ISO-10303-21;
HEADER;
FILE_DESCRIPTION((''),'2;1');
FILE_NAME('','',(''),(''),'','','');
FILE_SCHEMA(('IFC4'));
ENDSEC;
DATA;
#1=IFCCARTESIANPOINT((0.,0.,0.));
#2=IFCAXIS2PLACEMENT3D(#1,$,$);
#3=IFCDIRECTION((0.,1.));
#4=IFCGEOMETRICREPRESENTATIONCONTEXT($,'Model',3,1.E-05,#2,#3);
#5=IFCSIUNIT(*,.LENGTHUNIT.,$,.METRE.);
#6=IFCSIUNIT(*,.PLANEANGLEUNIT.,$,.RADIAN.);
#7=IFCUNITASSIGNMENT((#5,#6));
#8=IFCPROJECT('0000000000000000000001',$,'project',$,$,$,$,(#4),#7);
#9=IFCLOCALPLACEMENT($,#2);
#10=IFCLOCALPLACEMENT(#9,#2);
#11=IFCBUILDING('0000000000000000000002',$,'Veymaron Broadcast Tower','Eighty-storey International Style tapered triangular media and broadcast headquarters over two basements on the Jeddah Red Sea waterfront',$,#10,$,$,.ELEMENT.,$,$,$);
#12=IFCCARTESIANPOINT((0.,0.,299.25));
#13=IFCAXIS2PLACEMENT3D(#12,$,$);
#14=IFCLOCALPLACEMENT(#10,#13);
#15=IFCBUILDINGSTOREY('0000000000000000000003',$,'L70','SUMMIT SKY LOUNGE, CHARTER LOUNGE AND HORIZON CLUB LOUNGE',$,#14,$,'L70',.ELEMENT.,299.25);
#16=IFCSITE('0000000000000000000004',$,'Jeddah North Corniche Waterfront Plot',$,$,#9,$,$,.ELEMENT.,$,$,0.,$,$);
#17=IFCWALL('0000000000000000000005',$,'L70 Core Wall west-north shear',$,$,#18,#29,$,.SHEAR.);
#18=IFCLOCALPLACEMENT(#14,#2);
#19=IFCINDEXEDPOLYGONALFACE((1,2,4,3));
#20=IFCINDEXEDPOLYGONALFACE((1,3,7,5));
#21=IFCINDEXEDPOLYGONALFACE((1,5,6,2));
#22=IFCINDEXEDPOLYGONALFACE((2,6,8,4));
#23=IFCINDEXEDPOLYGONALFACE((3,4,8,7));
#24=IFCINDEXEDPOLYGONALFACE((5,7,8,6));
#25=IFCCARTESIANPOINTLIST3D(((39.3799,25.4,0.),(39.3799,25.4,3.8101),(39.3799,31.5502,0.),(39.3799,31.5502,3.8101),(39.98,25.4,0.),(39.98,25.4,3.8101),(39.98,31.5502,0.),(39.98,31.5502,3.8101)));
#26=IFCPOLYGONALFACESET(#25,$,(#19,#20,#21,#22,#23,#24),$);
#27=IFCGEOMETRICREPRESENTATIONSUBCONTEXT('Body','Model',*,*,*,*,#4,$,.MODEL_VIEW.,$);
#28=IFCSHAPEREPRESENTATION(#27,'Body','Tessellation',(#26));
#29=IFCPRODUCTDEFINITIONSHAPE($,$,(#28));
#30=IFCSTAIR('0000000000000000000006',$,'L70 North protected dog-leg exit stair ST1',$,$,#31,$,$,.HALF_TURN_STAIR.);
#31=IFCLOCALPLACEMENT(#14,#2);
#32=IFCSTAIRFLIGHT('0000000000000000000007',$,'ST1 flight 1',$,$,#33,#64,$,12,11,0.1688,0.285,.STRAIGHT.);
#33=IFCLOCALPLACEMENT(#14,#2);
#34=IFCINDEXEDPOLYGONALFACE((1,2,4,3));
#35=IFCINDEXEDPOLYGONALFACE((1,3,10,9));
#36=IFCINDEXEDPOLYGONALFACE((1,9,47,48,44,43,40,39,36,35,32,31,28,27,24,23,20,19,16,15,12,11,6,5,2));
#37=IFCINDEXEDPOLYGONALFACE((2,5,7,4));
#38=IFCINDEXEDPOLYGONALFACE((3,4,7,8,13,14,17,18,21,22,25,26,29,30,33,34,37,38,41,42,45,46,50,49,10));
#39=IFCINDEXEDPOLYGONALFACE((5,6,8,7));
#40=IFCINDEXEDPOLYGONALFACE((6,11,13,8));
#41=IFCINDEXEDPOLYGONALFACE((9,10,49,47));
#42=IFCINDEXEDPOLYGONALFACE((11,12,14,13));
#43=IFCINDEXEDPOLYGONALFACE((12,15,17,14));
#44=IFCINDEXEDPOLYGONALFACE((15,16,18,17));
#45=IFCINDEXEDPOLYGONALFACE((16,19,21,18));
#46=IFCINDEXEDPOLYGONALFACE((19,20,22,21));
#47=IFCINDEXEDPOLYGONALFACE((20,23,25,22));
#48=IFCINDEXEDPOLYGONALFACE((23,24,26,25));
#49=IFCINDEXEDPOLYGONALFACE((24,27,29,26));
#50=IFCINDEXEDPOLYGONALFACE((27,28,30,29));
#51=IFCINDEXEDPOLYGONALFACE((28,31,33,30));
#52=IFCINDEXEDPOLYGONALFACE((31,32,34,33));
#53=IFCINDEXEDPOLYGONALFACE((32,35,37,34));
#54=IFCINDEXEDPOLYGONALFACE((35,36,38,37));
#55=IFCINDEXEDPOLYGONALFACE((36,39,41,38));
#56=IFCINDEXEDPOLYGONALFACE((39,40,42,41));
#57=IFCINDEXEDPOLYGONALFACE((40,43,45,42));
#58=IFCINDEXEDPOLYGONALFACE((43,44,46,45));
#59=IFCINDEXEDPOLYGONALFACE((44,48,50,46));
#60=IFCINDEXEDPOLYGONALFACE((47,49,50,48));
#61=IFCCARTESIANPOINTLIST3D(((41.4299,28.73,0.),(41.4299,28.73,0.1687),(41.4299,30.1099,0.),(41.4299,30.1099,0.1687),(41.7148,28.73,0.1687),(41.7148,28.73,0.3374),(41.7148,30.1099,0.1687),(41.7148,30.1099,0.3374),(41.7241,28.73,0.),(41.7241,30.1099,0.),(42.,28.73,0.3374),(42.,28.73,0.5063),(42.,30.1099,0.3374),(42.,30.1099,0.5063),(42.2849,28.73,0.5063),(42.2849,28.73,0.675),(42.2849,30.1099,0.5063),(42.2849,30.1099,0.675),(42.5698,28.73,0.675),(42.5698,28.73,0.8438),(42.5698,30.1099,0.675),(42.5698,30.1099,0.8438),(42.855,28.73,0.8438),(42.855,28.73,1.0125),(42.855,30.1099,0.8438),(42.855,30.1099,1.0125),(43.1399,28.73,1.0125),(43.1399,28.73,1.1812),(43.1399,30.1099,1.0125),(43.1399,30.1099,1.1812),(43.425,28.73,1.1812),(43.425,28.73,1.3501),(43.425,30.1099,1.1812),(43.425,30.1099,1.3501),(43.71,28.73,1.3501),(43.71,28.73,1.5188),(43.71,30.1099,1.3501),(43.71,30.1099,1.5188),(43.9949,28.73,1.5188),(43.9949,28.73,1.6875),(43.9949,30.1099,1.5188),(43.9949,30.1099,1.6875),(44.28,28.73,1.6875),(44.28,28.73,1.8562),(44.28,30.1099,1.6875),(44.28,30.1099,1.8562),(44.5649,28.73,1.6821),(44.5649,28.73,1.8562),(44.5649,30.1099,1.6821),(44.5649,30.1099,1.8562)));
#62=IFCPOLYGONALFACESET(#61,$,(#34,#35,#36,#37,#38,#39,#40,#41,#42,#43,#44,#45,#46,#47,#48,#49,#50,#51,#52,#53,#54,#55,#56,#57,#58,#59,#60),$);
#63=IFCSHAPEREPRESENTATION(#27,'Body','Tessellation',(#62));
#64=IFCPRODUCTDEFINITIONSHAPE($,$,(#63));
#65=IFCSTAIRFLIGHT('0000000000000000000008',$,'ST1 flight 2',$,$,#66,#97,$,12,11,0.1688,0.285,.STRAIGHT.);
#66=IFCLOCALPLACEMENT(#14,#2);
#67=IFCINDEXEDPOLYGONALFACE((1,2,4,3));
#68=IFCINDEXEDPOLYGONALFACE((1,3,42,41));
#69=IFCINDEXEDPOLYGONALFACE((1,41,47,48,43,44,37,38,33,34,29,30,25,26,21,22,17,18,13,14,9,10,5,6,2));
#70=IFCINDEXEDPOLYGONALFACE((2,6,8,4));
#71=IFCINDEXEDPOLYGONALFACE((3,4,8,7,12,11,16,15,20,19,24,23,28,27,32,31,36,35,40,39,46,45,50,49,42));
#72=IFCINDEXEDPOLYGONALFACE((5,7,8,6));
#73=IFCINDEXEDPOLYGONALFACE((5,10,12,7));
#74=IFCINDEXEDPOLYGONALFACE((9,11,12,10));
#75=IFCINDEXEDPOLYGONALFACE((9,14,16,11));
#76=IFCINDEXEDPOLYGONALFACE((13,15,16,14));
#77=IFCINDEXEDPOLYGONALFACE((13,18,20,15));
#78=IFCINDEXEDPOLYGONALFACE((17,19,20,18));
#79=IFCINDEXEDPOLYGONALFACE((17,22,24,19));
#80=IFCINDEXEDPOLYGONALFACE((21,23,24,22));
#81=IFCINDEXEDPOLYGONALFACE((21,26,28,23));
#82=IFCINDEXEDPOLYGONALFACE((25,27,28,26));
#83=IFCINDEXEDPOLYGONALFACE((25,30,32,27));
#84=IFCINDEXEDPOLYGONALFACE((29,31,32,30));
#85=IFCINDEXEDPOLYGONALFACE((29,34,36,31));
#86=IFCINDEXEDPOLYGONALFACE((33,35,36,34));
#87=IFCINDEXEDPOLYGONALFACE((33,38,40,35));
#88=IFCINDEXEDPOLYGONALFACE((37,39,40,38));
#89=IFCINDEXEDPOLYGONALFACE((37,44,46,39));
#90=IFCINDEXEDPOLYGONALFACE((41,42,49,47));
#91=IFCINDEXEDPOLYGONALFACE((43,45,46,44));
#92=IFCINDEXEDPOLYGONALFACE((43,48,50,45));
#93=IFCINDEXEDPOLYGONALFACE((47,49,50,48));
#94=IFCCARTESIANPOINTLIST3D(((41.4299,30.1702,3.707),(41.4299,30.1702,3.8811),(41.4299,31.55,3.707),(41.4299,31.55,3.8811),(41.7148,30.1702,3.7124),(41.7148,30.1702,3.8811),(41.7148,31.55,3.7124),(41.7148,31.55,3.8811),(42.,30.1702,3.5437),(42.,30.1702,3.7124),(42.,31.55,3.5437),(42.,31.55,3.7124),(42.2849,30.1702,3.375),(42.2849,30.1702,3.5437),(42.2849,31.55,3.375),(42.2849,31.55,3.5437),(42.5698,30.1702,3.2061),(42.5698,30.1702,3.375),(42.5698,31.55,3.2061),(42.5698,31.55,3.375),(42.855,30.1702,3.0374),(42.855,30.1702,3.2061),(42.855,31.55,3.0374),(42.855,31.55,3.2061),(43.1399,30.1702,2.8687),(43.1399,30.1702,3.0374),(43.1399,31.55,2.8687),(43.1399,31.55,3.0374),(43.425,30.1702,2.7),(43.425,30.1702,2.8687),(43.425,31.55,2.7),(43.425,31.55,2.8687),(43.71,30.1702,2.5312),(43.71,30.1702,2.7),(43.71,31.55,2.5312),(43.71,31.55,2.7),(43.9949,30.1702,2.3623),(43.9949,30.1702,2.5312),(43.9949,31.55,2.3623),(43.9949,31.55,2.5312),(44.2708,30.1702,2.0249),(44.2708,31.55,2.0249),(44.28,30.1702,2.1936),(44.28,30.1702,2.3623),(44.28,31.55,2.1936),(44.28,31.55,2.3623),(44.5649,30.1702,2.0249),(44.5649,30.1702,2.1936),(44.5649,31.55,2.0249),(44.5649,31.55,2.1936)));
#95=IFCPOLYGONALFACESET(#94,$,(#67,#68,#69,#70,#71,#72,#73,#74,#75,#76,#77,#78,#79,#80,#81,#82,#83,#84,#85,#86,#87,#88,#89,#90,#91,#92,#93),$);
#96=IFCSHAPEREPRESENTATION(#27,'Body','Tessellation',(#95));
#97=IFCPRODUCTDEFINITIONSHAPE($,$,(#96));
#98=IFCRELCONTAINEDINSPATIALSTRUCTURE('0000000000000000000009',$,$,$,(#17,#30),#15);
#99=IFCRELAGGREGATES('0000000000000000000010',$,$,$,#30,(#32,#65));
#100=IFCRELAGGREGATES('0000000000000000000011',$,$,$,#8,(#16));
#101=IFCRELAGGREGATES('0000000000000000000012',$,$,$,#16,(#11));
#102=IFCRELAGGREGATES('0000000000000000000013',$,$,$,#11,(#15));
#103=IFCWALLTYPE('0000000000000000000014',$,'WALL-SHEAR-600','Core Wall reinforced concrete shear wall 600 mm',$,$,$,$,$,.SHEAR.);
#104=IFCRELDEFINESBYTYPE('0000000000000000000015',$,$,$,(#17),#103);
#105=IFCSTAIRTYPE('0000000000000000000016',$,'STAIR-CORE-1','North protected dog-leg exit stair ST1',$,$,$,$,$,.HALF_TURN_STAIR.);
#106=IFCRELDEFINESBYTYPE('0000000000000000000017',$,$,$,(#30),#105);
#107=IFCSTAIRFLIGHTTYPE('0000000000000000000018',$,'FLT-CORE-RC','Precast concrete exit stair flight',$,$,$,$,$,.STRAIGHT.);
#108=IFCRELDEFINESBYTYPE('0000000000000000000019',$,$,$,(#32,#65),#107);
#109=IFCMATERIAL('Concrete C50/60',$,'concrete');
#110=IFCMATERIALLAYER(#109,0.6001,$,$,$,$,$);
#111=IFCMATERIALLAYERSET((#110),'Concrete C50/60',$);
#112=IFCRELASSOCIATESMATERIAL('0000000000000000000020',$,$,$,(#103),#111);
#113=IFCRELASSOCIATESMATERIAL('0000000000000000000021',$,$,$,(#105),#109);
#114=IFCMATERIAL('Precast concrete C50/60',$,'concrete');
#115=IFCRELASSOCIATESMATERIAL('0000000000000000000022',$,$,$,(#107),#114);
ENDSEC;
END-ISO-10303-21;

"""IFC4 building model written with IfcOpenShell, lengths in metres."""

from ifc_helpers import new_model, si_unit, direction, frame, frame_2d, origin, place, context, subcontext, project, spatial, polyline, rectangle, outline, extrude, material, layer, layer_set, type_object, element, aggregate, save


model = new_model("IFC4")

# Units and contexts
model_context = context("Model", 3, precision=1e-05, world=origin(), true_north=direction((0.0, 1.0)))
body_context = subcontext(model_context, "Body", "Model", "MODEL_VIEW")
ifc_project = project(units=[si_unit("LENGTHUNIT", "METRE"), si_unit("PLANEANGLEUNIT", "RADIAN")], contexts=[model_context])

# Site, building, storey
site_placement = place(None, origin())
site = spatial("IfcSite", under=ifc_project, at=site_placement, Name="Jeddah North Corniche Waterfront Plot", CompositionType="ELEMENT", RefElevation=0.0)
building_placement = place(site_placement, origin())
building = spatial("IfcBuilding", under=site, at=building_placement, Name="Veymaron Broadcast Tower", Description="Eighty-storey International Style tapered triangular media and broadcast headquarters over two basements on the Jeddah Red Sea waterfront", CompositionType="ELEMENT")
storey_placement = place(building_placement, frame((0.0, 0.0, 299.25)))
storey = spatial("IfcBuildingStorey", under=building, at=storey_placement, Name="L70", Description="SUMMIT SKY LOUNGE, CHARTER LOUNGE AND HORIZON CLUB LOUNGE", LongName="L70", CompositionType="ELEMENT", Elevation=299.25)

# Shared definitions
ifc_material_1 = material(Name="Concrete C50/60", Category="concrete")

# Wall
ifc_layer_1 = layer(ifc_material_1, 0.6001)
ifc_layer_set_1 = layer_set([ifc_layer_1], Name="Concrete C50/60")
wall_type_1 = type_object("IfcWallType", Name="WALL-SHEAR-600", Description="Core Wall reinforced concrete shear wall 600 mm", PredefinedType="SHEAR", material=ifc_layer_set_1)
wall_1_placement = place(storey_placement, frame((39.6799, 25.3999, 0.0), z_axis=(0.0, 0.0, 1.0), x_axis=(0.0, 1.0, 0.0)))
element("IfcWall", 1, at=wall_1_placement, inside=storey, type_object=wall_type_1, Name="L70 Core Wall west-north shear", PredefinedType="SHEAR", context=body_context, shape_type="SweptSolid", body=[
    extrude(rectangle(XDim=6.1501, YDim=0.6001, at=frame_2d((3.0752, 0.0))), origin(), (0.0, 0.0, 1.0), 3.8101),
])

# Stair, stair flights
stair_type = type_object("IfcStairType", Name="STAIR-CORE-1", Description="North protected dog-leg exit stair ST1", PredefinedType="HALF_TURN_STAIR", material=ifc_material_1)
stair_placement = place(storey_placement, origin())
stair = element("IfcStair", 2, at=stair_placement, inside=storey, type_object=stair_type, Name="L70 North protected dog-leg exit stair ST1", PredefinedType="HALF_TURN_STAIR")
ifc_material_2 = material(Name="Precast concrete C50/60", Category="concrete")
stair_flight_type = type_object("IfcStairFlightType", Name="FLT-CORE-RC", Description="Precast concrete exit stair flight", PredefinedType="STRAIGHT", material=ifc_material_2)
stair_flight_1_placement = place(storey_placement, frame((41.4299, 29.4199, 0.0), z_axis=(0.0, 0.0, 1.0), x_axis=(1.0, 0.0, 0.0)))
stair_flight_1 = element("IfcStairFlight", 3, at=stair_flight_1_placement, type_object=stair_flight_type, Name="ST1 flight 1", NumberOfRisers=12, NumberOfTreads=11, PredefinedType="STRAIGHT", RiserHeight=0.1688, TreadLength=0.285, context=body_context, shape_type="SweptSolid", body=[
    extrude(outline(polyline([(0.0, 0.0), (0.0, 0.1687), (0.2849, 0.1687), (0.2849, 0.3374), (0.5701, 0.3374), (0.5701, 0.5063), (0.855, 0.5063), (0.855, 0.675), (1.1399, 0.675), (1.1399, 0.8438), (1.425, 0.8438), (1.425, 1.0125), (1.71, 1.0125), (1.71, 1.1812), (1.9951, 1.1812), (1.9951, 1.3501), (2.28, 1.3501), (2.28, 1.5188), (2.5649, 1.5188), (2.5649, 1.6875), (2.8501, 1.6875), (2.8501, 1.8562), (3.135, 1.8562), (3.135, 2.0249), (3.135, 1.6821), (0.2942, 0.0), (0.0, 0.0)])), frame((0.0, 0.6899, 0.0), z_axis=(0.0, -1.0, 0.0), x_axis=(1.0, 0.0, 0.0)), (0.0, 0.0, 1.0), 1.3799),
])
stair_flight_2_placement = place(storey_placement, frame((44.5649, 30.8601, 2.0249), z_axis=(0.0, 0.0, 1.0), x_axis=(-1.0, 0.0, 0.0)))
stair_flight_2 = element("IfcStairFlight", 4, at=stair_flight_2_placement, type_object=stair_flight_type, Name="ST1 flight 2", NumberOfRisers=12, NumberOfTreads=11, PredefinedType="STRAIGHT", RiserHeight=0.1688, TreadLength=0.285, context=body_context, shape_type="SweptSolid", body=[
    extrude(outline(polyline([(0.0, 0.0), (0.0, 0.1687), (0.2849, 0.1687), (0.2849, 0.3374), (0.5701, 0.3374), (0.5701, 0.5063), (0.855, 0.5063), (0.855, 0.675), (1.1399, 0.675), (1.1399, 0.8438), (1.425, 0.8438), (1.425, 1.0125), (1.71, 1.0125), (1.71, 1.1812), (1.9951, 1.1812), (1.9951, 1.3501), (2.28, 1.3501), (2.28, 1.5188), (2.5649, 1.5188), (2.5649, 1.6875), (2.8501, 1.6875), (2.8501, 1.8562), (3.135, 1.8562), (3.135, 2.0249), (3.135, 1.6821), (0.2942, 0.0), (0.0, 0.0)])), frame((0.0, 0.6899, 0.0), z_axis=(0.0, -1.0, 0.0), x_axis=(1.0, 0.0, 0.0)), (0.0, 0.0, 1.0), 1.3799),
])
aggregate(stair, [stair_flight_1, stair_flight_2])

save(model, "model.ifc")
